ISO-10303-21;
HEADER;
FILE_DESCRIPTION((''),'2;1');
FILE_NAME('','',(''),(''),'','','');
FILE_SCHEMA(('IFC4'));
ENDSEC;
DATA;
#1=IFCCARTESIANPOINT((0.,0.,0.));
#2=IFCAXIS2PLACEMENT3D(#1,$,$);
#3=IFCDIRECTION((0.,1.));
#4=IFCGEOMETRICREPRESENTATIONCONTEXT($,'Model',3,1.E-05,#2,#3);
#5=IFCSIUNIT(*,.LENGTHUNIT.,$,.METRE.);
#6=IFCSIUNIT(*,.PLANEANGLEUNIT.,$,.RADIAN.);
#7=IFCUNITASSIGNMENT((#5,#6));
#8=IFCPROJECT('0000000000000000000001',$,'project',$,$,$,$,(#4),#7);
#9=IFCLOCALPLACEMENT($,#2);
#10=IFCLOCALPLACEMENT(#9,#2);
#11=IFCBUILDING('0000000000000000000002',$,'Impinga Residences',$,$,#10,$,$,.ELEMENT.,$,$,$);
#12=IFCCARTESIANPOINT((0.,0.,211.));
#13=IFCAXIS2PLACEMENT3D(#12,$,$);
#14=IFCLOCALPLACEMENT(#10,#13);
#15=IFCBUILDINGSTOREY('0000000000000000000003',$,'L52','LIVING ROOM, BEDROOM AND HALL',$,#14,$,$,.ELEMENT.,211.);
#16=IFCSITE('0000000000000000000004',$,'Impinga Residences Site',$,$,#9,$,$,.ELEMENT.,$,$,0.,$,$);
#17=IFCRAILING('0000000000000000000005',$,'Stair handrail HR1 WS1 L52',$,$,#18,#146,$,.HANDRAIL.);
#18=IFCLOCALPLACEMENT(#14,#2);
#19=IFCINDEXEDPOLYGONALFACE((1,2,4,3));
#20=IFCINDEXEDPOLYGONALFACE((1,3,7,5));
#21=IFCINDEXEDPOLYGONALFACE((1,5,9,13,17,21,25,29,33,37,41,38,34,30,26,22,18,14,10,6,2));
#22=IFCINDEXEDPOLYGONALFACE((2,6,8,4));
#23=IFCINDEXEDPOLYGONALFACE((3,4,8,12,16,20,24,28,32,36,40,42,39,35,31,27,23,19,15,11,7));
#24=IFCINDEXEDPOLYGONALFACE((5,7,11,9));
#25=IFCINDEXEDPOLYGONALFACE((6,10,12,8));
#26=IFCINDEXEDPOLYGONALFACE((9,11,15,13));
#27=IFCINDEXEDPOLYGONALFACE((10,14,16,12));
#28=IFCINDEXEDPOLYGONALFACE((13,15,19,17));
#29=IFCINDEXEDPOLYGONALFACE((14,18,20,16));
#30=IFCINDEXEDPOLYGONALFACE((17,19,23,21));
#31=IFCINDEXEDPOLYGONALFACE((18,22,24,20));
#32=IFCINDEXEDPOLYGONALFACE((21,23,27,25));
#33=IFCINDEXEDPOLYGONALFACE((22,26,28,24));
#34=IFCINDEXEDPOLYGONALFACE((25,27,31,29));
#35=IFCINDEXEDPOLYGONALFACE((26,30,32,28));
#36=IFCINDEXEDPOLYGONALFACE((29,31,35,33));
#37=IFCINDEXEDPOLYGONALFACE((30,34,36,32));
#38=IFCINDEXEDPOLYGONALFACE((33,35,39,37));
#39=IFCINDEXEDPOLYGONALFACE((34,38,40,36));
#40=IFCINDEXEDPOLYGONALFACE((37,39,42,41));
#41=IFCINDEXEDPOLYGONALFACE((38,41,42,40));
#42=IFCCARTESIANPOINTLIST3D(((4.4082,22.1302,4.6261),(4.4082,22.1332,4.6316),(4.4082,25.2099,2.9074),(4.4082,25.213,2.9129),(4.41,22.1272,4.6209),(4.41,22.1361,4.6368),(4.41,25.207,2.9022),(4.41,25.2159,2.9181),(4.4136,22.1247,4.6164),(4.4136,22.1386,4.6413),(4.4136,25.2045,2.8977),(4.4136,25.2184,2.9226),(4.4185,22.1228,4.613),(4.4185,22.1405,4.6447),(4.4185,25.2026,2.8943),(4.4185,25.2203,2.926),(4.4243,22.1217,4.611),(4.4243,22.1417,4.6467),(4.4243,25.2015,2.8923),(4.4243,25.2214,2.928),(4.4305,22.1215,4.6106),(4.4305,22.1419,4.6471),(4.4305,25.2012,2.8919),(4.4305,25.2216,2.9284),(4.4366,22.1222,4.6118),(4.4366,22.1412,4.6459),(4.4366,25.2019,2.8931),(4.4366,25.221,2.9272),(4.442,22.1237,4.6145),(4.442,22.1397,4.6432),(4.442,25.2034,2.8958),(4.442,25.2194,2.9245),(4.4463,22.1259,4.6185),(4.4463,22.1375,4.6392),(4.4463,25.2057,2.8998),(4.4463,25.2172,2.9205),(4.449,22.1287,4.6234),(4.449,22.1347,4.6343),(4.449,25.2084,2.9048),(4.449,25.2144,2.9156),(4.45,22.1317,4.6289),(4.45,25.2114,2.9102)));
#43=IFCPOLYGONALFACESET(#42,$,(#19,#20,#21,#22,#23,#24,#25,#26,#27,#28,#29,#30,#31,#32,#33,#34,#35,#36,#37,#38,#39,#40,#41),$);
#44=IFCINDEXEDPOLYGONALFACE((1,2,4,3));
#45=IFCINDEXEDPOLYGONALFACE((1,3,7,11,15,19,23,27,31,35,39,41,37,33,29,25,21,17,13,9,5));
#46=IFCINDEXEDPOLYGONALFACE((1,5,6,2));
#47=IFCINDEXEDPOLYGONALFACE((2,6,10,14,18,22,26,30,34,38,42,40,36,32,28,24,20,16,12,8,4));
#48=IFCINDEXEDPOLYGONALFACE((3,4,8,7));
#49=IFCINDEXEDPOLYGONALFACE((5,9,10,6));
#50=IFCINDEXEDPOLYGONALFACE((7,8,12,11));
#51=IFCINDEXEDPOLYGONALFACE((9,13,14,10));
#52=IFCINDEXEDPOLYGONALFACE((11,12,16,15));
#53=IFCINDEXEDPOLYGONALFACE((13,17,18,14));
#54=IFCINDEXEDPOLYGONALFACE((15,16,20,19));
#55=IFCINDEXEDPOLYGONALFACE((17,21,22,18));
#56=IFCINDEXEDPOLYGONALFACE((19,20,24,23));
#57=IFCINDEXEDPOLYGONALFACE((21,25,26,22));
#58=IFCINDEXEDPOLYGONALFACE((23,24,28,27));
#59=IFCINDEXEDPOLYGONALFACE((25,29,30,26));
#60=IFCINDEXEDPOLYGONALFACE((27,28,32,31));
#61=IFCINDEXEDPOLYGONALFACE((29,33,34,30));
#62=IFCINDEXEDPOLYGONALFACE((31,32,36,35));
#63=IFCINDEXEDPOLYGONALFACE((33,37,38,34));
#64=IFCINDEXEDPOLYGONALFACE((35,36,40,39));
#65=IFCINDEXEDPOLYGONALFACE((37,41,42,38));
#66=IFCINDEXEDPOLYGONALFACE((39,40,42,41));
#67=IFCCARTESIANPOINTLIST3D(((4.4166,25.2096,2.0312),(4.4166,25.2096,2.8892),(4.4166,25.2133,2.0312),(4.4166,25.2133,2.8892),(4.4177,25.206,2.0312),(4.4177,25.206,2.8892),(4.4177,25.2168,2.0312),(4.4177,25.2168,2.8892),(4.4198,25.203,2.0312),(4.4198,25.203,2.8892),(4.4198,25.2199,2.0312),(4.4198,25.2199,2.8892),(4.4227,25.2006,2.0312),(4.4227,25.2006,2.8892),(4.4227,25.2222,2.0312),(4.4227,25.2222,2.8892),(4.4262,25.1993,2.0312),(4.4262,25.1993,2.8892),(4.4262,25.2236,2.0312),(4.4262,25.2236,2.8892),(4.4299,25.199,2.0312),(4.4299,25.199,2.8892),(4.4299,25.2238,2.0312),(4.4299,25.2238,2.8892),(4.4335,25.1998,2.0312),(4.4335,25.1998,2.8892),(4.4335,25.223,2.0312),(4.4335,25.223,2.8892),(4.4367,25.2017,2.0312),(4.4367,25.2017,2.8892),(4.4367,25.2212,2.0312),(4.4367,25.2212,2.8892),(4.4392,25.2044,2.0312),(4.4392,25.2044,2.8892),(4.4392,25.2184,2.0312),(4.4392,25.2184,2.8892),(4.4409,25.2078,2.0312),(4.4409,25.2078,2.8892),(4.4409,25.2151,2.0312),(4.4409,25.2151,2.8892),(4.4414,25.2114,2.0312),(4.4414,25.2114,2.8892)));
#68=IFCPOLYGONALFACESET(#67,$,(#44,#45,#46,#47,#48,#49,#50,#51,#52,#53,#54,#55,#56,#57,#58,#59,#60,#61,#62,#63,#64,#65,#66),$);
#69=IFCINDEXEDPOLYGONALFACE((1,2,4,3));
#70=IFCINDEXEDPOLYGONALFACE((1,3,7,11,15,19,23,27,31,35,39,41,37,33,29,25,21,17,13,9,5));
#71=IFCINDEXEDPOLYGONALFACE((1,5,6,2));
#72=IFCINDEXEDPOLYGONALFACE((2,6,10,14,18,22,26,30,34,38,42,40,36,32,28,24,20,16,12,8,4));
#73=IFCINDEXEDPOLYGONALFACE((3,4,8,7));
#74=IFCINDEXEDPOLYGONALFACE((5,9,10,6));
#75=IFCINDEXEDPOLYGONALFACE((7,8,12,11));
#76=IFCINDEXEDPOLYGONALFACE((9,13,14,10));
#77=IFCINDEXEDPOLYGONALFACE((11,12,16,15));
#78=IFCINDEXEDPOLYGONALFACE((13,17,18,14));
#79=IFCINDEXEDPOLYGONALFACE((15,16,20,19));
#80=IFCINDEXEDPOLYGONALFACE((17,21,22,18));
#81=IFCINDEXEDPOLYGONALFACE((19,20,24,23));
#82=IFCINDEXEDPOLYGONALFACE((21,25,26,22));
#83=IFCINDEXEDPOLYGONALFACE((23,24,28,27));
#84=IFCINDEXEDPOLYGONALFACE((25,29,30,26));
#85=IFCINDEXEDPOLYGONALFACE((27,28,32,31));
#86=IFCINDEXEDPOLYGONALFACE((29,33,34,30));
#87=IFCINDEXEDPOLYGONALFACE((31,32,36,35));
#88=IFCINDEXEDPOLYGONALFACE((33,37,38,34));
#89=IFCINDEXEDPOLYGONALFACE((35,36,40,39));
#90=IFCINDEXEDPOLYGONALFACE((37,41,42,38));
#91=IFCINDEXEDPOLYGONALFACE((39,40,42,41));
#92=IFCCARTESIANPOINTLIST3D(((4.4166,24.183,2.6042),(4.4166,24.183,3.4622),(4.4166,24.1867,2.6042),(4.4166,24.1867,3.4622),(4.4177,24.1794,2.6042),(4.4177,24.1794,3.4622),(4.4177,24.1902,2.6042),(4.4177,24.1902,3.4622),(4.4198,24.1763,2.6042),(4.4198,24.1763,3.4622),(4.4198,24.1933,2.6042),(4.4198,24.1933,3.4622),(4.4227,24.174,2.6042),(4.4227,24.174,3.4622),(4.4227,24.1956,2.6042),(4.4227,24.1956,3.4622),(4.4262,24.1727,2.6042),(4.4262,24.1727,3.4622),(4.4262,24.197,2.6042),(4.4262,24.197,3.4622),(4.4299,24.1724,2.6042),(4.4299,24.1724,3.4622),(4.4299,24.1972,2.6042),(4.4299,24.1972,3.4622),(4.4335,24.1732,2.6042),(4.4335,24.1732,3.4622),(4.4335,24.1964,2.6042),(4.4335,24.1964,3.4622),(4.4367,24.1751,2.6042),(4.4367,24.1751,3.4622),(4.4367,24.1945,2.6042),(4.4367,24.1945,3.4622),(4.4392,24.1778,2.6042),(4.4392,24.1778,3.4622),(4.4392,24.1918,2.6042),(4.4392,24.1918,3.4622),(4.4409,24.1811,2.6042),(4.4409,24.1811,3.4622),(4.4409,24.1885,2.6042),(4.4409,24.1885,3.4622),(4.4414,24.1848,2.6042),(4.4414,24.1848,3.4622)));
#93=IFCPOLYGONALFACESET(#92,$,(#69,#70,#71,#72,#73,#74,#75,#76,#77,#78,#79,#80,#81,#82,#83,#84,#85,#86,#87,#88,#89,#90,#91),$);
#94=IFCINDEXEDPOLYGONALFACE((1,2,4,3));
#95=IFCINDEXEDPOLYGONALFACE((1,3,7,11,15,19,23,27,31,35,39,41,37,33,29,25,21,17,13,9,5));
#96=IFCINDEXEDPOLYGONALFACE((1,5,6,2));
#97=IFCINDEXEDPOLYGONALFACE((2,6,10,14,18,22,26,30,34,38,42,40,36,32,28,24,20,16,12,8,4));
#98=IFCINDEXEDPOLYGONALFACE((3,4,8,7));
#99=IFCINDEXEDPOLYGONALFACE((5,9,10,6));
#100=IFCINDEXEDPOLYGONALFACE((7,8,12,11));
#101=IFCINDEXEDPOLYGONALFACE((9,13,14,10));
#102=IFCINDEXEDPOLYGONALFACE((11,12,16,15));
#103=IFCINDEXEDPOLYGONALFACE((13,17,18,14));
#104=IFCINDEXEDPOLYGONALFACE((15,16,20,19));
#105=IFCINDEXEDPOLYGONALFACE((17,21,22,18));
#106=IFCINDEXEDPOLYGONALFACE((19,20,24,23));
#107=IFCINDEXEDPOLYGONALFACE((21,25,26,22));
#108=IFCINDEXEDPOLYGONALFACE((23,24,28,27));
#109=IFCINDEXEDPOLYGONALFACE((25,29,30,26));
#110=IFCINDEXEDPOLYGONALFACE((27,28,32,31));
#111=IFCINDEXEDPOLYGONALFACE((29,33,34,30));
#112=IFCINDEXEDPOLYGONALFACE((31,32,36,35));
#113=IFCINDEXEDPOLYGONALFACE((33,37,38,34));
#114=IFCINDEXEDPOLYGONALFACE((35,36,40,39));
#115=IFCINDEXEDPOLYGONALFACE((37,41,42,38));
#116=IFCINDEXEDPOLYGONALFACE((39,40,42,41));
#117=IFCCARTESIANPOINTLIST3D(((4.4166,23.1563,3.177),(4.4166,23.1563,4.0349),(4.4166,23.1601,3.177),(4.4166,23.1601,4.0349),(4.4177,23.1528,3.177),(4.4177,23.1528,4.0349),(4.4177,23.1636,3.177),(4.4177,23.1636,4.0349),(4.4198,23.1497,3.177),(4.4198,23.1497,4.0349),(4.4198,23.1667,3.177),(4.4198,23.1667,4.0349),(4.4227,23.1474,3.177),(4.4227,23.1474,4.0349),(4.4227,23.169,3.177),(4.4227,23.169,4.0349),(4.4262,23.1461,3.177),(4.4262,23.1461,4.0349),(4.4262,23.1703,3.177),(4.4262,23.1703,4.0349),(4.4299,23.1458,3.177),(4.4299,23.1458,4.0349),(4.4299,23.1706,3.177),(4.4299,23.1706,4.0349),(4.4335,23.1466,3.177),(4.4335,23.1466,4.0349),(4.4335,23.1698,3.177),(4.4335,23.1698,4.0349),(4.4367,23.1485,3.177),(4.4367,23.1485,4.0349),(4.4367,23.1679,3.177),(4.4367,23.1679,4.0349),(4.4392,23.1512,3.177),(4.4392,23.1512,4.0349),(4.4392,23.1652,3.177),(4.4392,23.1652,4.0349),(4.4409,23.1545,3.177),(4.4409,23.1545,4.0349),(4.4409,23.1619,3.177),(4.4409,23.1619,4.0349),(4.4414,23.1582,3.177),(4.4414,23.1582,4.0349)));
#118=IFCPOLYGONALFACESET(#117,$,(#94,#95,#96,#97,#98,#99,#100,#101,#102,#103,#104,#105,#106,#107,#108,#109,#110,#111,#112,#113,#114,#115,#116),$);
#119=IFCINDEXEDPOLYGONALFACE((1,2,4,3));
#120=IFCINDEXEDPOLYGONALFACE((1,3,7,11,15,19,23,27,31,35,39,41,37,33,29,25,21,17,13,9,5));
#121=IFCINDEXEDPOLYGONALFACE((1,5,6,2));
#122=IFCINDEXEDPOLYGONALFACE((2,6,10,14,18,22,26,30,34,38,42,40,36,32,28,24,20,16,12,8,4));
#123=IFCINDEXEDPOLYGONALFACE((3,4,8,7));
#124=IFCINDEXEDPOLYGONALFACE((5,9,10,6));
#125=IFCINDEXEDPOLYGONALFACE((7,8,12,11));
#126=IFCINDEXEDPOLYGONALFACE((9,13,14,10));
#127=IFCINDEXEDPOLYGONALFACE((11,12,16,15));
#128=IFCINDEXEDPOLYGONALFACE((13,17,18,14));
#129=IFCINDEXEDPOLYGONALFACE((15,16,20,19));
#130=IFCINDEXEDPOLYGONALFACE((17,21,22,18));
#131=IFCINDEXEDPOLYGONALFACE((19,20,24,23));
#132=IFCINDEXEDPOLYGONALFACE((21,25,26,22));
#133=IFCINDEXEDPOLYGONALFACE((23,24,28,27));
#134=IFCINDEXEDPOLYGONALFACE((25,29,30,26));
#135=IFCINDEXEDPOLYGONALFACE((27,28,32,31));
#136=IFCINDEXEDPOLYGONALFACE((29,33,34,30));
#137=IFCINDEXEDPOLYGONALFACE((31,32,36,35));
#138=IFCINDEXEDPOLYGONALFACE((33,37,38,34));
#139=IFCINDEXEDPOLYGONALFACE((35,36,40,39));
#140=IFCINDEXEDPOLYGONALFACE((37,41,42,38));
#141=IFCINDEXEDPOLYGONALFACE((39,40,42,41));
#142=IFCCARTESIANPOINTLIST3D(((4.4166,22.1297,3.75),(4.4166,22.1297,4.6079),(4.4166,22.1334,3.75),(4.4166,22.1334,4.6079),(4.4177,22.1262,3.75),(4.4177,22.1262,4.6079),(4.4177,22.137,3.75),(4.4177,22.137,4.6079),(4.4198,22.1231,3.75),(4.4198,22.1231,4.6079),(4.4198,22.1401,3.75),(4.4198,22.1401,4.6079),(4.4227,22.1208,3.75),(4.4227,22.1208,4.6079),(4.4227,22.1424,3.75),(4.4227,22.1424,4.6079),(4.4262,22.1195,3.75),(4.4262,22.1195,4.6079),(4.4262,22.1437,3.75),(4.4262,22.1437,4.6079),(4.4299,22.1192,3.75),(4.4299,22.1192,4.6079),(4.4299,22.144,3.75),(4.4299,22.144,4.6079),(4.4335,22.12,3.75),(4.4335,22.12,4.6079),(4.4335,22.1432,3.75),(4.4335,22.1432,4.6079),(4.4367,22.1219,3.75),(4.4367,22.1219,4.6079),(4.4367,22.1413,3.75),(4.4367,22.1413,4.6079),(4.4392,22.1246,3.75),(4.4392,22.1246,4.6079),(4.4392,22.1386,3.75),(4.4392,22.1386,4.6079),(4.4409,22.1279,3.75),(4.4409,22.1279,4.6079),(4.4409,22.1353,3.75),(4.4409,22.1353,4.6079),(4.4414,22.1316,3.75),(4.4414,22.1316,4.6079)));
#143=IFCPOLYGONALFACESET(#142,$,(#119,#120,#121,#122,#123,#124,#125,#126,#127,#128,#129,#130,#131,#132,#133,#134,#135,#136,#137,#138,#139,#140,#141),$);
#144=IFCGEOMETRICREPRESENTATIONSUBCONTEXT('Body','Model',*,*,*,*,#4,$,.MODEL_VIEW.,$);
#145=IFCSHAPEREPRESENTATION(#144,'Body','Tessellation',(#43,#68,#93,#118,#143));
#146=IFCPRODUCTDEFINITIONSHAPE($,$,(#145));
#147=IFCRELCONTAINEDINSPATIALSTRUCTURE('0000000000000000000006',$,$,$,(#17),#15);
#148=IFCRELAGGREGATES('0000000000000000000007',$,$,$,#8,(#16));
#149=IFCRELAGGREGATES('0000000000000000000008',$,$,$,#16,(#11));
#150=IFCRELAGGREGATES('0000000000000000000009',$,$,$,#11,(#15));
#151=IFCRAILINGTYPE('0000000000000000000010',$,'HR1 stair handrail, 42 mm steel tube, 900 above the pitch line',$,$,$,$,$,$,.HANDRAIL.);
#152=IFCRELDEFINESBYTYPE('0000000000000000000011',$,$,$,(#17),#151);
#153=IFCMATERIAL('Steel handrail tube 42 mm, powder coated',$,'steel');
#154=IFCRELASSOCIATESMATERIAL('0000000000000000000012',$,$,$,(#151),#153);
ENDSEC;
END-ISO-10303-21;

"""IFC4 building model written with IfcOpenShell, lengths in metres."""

from ifc_helpers import new_model, si_unit, direction, frame, origin, origin_2d, place, context, subcontext, project, spatial, circle, extrude, material, type_object, element, save


model = new_model("IFC4")

# Units and contexts
model_context = context("Model", 3, precision=1e-05, world=origin(), true_north=direction((0.0, 1.0)))
body_context = subcontext(model_context, "Body", "Model", "MODEL_VIEW")
ifc_project = project(units=[si_unit("LENGTHUNIT", "METRE"), si_unit("PLANEANGLEUNIT", "RADIAN")], contexts=[model_context])

# Site, building, storey
site_placement = place(None, origin())
site = spatial("IfcSite", under=ifc_project, at=site_placement, Name="Impinga Residences Site", CompositionType="ELEMENT", RefElevation=0.0)
building_placement = place(site_placement, origin())
building = spatial("IfcBuilding", under=site, at=building_placement, Name="Impinga Residences", CompositionType="ELEMENT")
storey_placement = place(building_placement, frame((0.0, 0.0, 211.0)))
storey = spatial("IfcBuildingStorey", under=building, at=storey_placement, Name="L52", Description="LIVING ROOM, BEDROOM AND HALL", CompositionType="ELEMENT", Elevation=211.0)

# Railing
ifc_material_1 = material(Name="Steel handrail tube 42 mm, powder coated", Category="steel")
railing_type_1 = type_object("IfcRailingType", Name="HR1 stair handrail, 42 mm steel tube, 900 above the pitch line", PredefinedType="HANDRAIL", material=ifc_material_1)
railing_1_placement = place(storey_placement, frame((4.429, 25.2114, 2.0312)))
element("IfcRailing", 1, at=railing_1_placement, inside=storey, type_object=railing_type_1, Name="Stair handrail HR1 WS1 L52", PredefinedType="HANDRAIL", context=body_context, shape_type="SweptSolid", body=[
    extrude(circle(Radius=0.021, at=origin_2d()), frame((0.0, 0.0, 0.8789), z_axis=(0.0, -0.873225, 0.487317), x_axis=(1.0, 0.0, 0.0)), (0.0, 0.0, 1.0), 3.5269),
    extrude(circle(Radius=0.0125, at=origin_2d()), origin(), (0.0, 0.0, 1.0), 0.8579),
    extrude(circle(Radius=0.0125, at=origin_2d()), frame((0.0, -1.0266, 0.573)), (0.0, 0.0, 1.0), 0.8579),
    extrude(circle(Radius=0.0125, at=origin_2d()), frame((0.0, -2.0532, 1.1458)), (0.0, 0.0, 1.0), 0.8579),
    extrude(circle(Radius=0.0125, at=origin_2d()), frame((0.0, -3.0798, 1.7188)), (0.0, 0.0, 1.0), 0.8579),
])

save(model, "model.ifc")
